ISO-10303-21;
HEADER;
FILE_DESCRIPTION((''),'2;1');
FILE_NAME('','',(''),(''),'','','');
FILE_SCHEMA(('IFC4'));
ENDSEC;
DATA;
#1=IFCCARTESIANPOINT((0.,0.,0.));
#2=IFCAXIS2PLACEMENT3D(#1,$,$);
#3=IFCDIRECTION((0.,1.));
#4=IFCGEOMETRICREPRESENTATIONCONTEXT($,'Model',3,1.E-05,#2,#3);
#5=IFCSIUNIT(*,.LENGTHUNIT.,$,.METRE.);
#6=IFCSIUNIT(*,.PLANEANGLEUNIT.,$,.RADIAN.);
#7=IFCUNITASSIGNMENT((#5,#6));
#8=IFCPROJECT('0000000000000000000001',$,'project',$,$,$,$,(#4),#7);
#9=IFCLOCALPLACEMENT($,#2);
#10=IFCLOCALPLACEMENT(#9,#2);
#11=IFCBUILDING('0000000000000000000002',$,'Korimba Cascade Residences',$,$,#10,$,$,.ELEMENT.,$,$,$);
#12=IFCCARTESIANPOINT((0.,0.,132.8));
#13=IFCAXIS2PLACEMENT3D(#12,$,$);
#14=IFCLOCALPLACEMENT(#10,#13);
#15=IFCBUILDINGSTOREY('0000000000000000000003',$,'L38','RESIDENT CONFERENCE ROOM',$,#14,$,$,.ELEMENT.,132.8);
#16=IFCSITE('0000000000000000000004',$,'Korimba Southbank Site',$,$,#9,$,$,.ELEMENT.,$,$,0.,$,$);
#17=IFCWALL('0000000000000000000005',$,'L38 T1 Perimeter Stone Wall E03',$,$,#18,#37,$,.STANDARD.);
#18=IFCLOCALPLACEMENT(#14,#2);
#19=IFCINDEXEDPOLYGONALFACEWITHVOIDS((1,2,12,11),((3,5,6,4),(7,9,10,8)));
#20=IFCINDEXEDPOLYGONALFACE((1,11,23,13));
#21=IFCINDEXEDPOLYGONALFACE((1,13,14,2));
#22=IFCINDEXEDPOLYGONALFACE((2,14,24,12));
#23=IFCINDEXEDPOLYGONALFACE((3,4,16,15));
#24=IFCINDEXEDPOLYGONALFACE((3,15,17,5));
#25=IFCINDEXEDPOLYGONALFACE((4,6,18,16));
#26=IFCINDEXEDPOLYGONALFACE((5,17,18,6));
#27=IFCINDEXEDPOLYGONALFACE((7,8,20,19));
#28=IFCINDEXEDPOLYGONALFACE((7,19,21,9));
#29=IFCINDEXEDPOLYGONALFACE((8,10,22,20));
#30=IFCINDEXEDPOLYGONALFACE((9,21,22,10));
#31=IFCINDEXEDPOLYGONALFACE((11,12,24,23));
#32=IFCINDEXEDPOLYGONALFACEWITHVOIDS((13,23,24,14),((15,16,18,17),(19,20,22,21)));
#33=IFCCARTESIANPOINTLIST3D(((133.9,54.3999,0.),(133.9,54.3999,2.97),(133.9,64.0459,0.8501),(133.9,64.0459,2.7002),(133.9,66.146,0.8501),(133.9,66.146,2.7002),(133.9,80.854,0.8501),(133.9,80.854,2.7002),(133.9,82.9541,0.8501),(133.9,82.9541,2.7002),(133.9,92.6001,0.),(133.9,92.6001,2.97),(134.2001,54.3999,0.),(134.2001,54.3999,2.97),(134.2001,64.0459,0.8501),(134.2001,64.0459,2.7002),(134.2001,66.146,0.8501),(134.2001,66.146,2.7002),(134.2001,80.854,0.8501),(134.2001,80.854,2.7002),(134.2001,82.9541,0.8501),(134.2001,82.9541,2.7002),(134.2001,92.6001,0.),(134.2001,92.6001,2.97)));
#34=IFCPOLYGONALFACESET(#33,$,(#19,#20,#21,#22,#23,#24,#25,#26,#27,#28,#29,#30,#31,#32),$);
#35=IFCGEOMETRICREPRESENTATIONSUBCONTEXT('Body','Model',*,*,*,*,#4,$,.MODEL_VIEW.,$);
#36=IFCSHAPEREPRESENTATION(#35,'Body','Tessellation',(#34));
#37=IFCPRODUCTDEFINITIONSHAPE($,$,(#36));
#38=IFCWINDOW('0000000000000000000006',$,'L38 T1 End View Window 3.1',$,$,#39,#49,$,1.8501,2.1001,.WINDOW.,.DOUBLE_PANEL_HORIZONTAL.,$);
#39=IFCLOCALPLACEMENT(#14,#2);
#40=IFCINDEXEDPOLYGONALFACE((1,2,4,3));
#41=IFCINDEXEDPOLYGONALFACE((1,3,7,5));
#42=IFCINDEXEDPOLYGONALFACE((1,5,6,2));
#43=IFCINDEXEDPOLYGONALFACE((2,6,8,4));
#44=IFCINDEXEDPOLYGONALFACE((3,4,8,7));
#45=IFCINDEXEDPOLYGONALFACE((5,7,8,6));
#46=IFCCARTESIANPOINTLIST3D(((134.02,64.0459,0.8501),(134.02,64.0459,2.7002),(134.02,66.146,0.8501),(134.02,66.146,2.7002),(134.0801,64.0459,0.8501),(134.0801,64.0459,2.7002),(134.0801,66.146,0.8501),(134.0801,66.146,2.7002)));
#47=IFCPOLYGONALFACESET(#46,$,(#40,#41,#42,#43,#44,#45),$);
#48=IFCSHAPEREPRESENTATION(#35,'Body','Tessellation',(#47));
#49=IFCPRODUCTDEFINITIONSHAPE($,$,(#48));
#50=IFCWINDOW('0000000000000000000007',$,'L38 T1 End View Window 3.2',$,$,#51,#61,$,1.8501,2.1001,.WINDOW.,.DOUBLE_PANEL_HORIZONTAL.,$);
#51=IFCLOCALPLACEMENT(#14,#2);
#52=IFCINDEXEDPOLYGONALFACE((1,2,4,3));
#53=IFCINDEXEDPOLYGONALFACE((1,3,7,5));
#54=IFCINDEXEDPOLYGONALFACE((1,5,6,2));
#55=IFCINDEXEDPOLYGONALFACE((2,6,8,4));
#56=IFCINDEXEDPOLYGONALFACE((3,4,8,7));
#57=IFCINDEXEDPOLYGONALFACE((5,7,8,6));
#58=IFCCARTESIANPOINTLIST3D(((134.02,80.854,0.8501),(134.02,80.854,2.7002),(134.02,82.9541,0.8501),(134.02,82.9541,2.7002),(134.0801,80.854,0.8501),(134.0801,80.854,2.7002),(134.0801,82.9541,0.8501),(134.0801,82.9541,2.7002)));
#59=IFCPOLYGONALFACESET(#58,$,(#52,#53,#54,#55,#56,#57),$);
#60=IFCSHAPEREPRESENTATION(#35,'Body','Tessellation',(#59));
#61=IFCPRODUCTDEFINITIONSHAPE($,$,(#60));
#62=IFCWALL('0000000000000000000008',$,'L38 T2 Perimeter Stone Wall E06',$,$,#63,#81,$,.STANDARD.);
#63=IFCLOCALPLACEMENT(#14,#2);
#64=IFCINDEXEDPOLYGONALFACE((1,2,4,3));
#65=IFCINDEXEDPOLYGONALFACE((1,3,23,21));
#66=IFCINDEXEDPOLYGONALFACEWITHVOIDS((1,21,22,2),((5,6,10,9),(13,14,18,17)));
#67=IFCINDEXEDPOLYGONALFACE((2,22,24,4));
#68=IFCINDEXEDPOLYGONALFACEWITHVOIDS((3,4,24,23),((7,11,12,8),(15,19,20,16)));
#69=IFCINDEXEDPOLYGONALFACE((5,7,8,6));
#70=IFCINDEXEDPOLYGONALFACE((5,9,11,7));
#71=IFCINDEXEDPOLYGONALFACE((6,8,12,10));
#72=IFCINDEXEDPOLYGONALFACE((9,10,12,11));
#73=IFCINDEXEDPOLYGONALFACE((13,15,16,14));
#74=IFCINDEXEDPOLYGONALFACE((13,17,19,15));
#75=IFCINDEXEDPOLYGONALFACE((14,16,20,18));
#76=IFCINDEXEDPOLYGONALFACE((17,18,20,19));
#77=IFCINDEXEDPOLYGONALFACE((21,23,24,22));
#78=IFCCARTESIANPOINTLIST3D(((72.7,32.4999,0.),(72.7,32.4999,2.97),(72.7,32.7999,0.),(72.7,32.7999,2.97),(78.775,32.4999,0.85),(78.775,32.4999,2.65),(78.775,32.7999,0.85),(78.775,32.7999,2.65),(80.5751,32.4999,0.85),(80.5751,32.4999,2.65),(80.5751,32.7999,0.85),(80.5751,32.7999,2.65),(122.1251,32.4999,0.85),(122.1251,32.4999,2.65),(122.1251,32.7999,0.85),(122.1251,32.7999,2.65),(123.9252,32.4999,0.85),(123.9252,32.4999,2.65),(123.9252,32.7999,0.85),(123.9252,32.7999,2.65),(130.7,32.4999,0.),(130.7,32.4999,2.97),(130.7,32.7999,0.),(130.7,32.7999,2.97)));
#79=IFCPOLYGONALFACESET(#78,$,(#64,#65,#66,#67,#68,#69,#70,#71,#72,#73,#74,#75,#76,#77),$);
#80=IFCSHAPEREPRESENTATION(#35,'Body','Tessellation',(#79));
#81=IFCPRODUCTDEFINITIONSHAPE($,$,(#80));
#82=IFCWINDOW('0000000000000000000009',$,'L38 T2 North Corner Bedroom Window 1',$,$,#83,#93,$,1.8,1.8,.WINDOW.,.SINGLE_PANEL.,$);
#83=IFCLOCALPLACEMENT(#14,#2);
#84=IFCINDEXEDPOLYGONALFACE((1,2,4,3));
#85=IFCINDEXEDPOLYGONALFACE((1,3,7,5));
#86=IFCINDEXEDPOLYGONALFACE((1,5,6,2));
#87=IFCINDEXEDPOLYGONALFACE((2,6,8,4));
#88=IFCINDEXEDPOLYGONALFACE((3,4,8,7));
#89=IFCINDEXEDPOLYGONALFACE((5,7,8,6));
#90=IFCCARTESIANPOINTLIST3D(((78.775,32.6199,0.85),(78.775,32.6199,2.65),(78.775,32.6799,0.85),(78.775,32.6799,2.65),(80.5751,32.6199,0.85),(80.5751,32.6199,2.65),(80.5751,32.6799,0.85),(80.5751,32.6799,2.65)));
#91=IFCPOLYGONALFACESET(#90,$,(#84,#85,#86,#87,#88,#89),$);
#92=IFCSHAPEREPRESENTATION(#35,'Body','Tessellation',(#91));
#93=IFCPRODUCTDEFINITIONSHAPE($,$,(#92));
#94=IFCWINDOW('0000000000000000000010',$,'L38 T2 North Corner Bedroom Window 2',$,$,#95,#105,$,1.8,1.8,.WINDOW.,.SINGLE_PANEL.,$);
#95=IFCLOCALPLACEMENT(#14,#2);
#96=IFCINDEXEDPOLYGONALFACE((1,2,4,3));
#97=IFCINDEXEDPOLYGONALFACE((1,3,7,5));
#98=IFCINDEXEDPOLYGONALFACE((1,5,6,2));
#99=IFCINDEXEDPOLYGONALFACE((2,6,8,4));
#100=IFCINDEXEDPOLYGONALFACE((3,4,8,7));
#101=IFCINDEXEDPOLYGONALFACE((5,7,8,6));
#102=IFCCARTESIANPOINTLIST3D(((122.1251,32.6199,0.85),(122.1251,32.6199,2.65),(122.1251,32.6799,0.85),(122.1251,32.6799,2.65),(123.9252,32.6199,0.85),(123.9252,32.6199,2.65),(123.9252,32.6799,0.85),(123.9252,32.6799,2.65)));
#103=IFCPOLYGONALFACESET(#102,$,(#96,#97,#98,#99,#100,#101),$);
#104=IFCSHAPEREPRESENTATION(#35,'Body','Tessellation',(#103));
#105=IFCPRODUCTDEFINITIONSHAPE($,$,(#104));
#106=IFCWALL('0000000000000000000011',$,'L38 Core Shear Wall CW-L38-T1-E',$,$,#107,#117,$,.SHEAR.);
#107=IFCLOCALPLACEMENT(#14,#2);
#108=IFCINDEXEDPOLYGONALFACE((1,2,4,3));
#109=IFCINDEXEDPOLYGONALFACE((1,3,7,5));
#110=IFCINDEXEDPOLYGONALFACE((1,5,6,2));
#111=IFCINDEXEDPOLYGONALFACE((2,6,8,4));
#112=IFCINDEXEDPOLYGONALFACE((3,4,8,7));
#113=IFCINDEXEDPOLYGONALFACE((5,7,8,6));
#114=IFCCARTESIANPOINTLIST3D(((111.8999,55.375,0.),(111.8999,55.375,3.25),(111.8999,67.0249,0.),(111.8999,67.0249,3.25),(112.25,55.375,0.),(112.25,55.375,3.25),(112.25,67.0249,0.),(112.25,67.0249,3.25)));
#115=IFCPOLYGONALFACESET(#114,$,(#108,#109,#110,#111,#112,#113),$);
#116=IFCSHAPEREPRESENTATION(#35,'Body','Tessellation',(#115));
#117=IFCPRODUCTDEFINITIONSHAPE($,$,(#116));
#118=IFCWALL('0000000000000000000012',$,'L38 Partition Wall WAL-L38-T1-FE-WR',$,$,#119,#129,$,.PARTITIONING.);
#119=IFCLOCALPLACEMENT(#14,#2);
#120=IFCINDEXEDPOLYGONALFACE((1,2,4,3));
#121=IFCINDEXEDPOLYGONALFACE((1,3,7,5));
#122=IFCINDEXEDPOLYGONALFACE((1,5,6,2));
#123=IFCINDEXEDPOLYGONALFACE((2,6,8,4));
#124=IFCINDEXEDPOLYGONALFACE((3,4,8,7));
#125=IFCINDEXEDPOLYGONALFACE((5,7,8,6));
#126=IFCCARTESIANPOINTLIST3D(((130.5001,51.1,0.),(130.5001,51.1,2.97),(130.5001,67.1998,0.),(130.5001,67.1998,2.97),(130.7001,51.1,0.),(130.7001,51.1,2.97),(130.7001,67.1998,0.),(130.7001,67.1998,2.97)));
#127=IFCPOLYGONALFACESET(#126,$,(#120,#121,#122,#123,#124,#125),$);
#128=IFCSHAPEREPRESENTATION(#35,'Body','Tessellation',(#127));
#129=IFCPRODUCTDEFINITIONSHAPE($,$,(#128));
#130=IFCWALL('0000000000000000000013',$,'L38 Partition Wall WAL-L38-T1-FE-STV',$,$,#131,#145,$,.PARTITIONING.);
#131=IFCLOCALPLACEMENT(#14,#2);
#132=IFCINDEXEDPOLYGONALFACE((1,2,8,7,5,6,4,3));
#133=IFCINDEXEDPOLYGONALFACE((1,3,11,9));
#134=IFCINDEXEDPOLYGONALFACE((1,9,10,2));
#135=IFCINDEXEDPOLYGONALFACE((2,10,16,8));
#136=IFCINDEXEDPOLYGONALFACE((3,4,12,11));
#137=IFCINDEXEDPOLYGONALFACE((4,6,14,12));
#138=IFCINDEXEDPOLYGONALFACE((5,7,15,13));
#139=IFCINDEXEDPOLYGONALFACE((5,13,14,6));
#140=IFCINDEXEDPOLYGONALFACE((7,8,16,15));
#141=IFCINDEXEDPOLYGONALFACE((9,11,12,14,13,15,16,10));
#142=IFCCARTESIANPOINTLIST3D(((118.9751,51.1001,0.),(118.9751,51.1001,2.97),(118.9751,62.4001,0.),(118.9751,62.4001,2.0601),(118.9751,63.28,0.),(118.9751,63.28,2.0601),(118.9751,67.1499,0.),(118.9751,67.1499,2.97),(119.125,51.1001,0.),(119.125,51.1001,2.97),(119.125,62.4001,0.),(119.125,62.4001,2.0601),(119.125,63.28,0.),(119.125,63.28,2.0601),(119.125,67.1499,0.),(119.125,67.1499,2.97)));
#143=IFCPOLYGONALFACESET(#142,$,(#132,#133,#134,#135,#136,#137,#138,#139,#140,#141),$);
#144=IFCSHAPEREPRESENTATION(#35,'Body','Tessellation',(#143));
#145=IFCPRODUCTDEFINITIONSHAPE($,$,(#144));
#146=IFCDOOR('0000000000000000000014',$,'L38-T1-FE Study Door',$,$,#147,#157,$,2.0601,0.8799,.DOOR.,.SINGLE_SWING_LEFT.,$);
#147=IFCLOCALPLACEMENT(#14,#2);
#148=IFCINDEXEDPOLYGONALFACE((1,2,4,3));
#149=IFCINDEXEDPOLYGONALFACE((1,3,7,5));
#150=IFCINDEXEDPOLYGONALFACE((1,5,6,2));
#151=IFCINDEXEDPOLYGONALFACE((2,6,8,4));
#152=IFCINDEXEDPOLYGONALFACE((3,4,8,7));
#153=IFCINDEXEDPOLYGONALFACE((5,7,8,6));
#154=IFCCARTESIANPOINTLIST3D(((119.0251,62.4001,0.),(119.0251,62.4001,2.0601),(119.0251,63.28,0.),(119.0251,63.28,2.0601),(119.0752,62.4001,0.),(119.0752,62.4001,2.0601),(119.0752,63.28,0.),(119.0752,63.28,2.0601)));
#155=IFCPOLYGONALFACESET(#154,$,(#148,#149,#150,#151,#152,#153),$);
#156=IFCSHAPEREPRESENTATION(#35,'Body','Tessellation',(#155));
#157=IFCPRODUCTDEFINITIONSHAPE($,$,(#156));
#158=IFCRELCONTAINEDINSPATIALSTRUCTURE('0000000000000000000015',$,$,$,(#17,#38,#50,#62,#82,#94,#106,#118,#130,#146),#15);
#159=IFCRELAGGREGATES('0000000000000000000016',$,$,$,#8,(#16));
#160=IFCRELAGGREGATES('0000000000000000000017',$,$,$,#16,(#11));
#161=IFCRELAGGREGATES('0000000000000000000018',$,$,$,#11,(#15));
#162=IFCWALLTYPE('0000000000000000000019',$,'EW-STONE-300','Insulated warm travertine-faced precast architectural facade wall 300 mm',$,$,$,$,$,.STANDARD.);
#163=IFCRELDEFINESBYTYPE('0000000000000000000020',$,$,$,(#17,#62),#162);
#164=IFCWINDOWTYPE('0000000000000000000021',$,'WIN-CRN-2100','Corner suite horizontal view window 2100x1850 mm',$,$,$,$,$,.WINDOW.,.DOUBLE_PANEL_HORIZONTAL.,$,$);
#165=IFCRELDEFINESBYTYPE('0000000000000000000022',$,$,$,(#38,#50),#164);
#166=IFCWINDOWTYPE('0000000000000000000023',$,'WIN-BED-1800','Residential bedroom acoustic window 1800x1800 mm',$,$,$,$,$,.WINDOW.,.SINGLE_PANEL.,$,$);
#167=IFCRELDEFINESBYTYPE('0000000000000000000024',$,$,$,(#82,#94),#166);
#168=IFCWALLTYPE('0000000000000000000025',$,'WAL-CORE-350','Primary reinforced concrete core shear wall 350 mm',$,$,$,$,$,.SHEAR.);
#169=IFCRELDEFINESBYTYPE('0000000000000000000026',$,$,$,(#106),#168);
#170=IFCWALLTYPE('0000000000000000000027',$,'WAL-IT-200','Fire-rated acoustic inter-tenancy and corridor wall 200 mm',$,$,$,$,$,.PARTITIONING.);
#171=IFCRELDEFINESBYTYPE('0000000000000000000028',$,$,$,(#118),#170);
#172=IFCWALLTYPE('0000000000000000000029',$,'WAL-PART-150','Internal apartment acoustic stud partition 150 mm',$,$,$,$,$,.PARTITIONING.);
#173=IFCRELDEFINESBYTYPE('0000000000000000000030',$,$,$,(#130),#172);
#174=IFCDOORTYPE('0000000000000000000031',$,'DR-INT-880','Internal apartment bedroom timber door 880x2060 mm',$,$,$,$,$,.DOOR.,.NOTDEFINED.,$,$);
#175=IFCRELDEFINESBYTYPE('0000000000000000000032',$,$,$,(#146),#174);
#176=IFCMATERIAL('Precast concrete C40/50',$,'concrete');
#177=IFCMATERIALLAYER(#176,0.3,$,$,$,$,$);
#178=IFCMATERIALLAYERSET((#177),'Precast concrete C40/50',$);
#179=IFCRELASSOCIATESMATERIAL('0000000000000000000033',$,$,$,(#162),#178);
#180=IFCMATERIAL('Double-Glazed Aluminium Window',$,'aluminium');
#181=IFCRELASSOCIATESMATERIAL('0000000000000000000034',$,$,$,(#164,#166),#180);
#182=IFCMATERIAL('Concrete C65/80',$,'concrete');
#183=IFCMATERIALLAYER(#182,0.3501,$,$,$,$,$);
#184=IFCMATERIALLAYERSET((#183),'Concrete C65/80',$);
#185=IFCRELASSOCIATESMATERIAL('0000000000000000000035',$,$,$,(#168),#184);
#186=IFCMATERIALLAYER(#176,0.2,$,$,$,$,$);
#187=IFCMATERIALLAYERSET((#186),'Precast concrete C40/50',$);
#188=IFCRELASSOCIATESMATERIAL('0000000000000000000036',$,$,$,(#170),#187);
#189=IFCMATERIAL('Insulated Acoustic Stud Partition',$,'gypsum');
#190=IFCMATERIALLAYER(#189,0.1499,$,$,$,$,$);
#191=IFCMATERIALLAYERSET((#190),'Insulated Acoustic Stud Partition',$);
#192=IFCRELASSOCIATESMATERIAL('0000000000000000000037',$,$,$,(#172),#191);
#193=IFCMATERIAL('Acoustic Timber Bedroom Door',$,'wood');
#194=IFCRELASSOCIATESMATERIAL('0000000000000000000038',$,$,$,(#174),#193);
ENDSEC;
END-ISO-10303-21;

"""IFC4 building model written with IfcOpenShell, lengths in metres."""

from ifc_helpers import new_model, si_unit, direction, frame, frame_2d, origin, place, context, subcontext, project, spatial, rectangle, extrude, material, layer, layer_set, type_object, element, fill, save


model = new_model("IFC4")

# Units and contexts
model_context = context("Model", 3, precision=1e-05, world=origin(), true_north=direction((0.0, 1.0)))
body_context = subcontext(model_context, "Body", "Model", "MODEL_VIEW")
ifc_project = project(units=[si_unit("LENGTHUNIT", "METRE"), si_unit("PLANEANGLEUNIT", "RADIAN")], contexts=[model_context])

# Site, building, storey
site_placement = place(None, origin())
site = spatial("IfcSite", under=ifc_project, at=site_placement, Name="Korimba Southbank Site", CompositionType="ELEMENT", RefElevation=0.0)
building_placement = place(site_placement, origin())
building = spatial("IfcBuilding", under=site, at=building_placement, Name="Korimba Cascade Residences", CompositionType="ELEMENT")
storey_placement = place(building_placement, frame((0.0, 0.0, 132.8)))
storey = spatial("IfcBuildingStorey", under=building, at=storey_placement, Name="L38", Description="RESIDENT CONFERENCE ROOM", CompositionType="ELEMENT", Elevation=132.8)

# Shared definitions
ifc_material_1 = material(Name="Concrete C65/80", Category="concrete")

# Shared definitions
ifc_material_2 = material(Name="Precast concrete C40/50", Category="concrete")
ifc_layer_1 = layer(ifc_material_2, 0.3)
ifc_layer_set_1 = layer_set([ifc_layer_1], Name="Precast concrete C40/50")
wall_type_1 = type_object("IfcWallType", Name="EW-STONE-300", Description="Insulated warm travertine-faced precast architectural facade wall 300 mm", PredefinedType="STANDARD", material=ifc_layer_set_1)

# Walls, openings, windows
wall_1_placement = place(storey_placement, frame((134.05, 54.3999, 0.0), z_axis=(0.0, 0.0, 1.0), x_axis=(0.0, 1.0, 0.0)))
wall_1 = element("IfcWall", 1, at=wall_1_placement, inside=storey, type_object=wall_type_1, Name="L38 T1 Perimeter Stone Wall E03", PredefinedType="STANDARD", context=body_context, shape_type="SweptSolid", body=[
    extrude(rectangle(XDim=38.2002, YDim=0.3, at=frame_2d((19.1001, 0.0))), origin(), (0.0, 0.0, 1.0), 2.97),
])
opening_1_placement = place(wall_1_placement, frame((9.646, 0.0, 0.8501)))
opening_1 = element("IfcOpeningElement", 2, at=opening_1_placement, cuts=wall_1, PredefinedType="OPENING", context=body_context, shape_type="SweptSolid", body=[
    extrude(rectangle(XDim=2.1001, YDim=1.8501, at=frame_2d((1.05, 0.925))), frame((0.0, 0.1602, 0.0), z_axis=(0.0, -1.0, 0.0), x_axis=(1.0, 0.0, 0.0)), (0.0, 0.0, 1.0), 0.3201),
])
opening_2_placement = place(wall_1_placement, frame((26.4541, 0.0, 0.8501)))
opening_2 = element("IfcOpeningElement", 3, at=opening_2_placement, cuts=wall_1, PredefinedType="OPENING", context=body_context, shape_type="SweptSolid", body=[
    extrude(rectangle(XDim=2.1001, YDim=1.8501, at=frame_2d((1.05, 0.925))), frame((0.0, 0.1602, 0.0), z_axis=(0.0, -1.0, 0.0), x_axis=(1.0, 0.0, 0.0)), (0.0, 0.0, 1.0), 0.3201),
])
ifc_material_3 = material(Name="Double-Glazed Aluminium Window", Category="aluminium")
window_type_1 = type_object("IfcWindowType", Name="WIN-CRN-2100", Description="Corner suite horizontal view window 2100x1850 mm", PartitioningType="DOUBLE_PANEL_HORIZONTAL", PredefinedType="WINDOW", material=ifc_material_3)
window_1_placement = place(opening_1_placement, origin())
window_1 = element("IfcWindow", 4, at=window_1_placement, inside=storey, type_object=window_type_1, Name="L38 T1 End View Window 3.1", OverallHeight=1.8501, OverallWidth=2.1001, PartitioningType="DOUBLE_PANEL_HORIZONTAL", PredefinedType="WINDOW", context=body_context, shape_type="SweptSolid", body=[
    extrude(rectangle(XDim=2.1001, YDim=1.8501, at=frame_2d((1.05, 0.925))), frame((0.0, 0.03, 0.0), z_axis=(0.0, -1.0, 0.0), x_axis=(1.0, 0.0, 0.0)), (0.0, 0.0, 1.0), 0.0601),
])
fill(opening_1, window_1)
window_2_placement = place(opening_2_placement, origin())
window_2 = element("IfcWindow", 5, at=window_2_placement, inside=storey, type_object=window_type_1, Name="L38 T1 End View Window 3.2", OverallHeight=1.8501, OverallWidth=2.1001, PartitioningType="DOUBLE_PANEL_HORIZONTAL", PredefinedType="WINDOW", context=body_context, shape_type="SweptSolid", body=[
    extrude(rectangle(XDim=2.1001, YDim=1.8501, at=frame_2d((1.05, 0.925))), frame((0.0, 0.03, 0.0), z_axis=(0.0, -1.0, 0.0), x_axis=(1.0, 0.0, 0.0)), (0.0, 0.0, 1.0), 0.0601),
])
fill(opening_2, window_2)
wall_2_placement = place(storey_placement, frame((130.7, 32.6499, 0.0), z_axis=(0.0, 0.0, 1.0), x_axis=(-1.0, 0.0, 0.0)))
wall_2 = element("IfcWall", 6, at=wall_2_placement, inside=storey, type_object=wall_type_1, Name="L38 T2 Perimeter Stone Wall E06", PredefinedType="STANDARD", context=body_context, shape_type="SweptSolid", body=[
    extrude(rectangle(XDim=58.0, YDim=0.3, at=frame_2d((29.0, 0.0))), origin(), (0.0, 0.0, 1.0), 2.97),
])
opening_3_placement = place(wall_2_placement, frame((50.125, 0.0, 0.8501)))
opening_3 = element("IfcOpeningElement", 7, at=opening_3_placement, cuts=wall_2, PredefinedType="OPENING", context=body_context, shape_type="SweptSolid", body=[
    extrude(rectangle(XDim=1.8, YDim=1.8, at=frame_2d((0.8999, 0.8999))), frame((0.0, 0.1602, 0.0), z_axis=(0.0, -1.0, 0.0), x_axis=(1.0, 0.0, 0.0)), (0.0, 0.0, 1.0), 0.3201),
])
opening_4_placement = place(wall_2_placement, frame((6.7749, 0.0, 0.8501)))
opening_4 = element("IfcOpeningElement", 8, at=opening_4_placement, cuts=wall_2, PredefinedType="OPENING", context=body_context, shape_type="SweptSolid", body=[
    extrude(rectangle(XDim=1.8, YDim=1.8, at=frame_2d((0.8999, 0.8999))), frame((0.0, 0.1602, 0.0), z_axis=(0.0, -1.0, 0.0), x_axis=(1.0, 0.0, 0.0)), (0.0, 0.0, 1.0), 0.3201),
])
window_type_2 = type_object("IfcWindowType", Name="WIN-BED-1800", Description="Residential bedroom acoustic window 1800x1800 mm", PartitioningType="SINGLE_PANEL", PredefinedType="WINDOW", material=ifc_material_3)
window_3_placement = place(opening_3_placement, origin())
window_3 = element("IfcWindow", 9, at=window_3_placement, inside=storey, type_object=window_type_2, Name="L38 T2 North Corner Bedroom Window 1", OverallHeight=1.8, OverallWidth=1.8, PartitioningType="SINGLE_PANEL", PredefinedType="WINDOW", context=body_context, shape_type="SweptSolid", body=[
    extrude(rectangle(XDim=1.8, YDim=1.8, at=frame_2d((0.8999, 0.8999))), frame((0.0, 0.03, 0.0), z_axis=(0.0, -1.0, 0.0), x_axis=(1.0, 0.0, 0.0)), (0.0, 0.0, 1.0), 0.0601),
])
fill(opening_3, window_3)
window_4_placement = place(opening_4_placement, origin())
window_4 = element("IfcWindow", 10, at=window_4_placement, inside=storey, type_object=window_type_2, Name="L38 T2 North Corner Bedroom Window 2", OverallHeight=1.8, OverallWidth=1.8, PartitioningType="SINGLE_PANEL", PredefinedType="WINDOW", context=body_context, shape_type="SweptSolid", body=[
    extrude(rectangle(XDim=1.8, YDim=1.8, at=frame_2d((0.8999, 0.8999))), frame((0.0, 0.03, 0.0), z_axis=(0.0, -1.0, 0.0), x_axis=(1.0, 0.0, 0.0)), (0.0, 0.0, 1.0), 0.0601),
])
fill(opening_4, window_4)

# Walls
ifc_layer_2 = layer(ifc_material_1, 0.3501)
ifc_layer_set_2 = layer_set([ifc_layer_2], Name="Concrete C65/80")
wall_type_2 = type_object("IfcWallType", Name="WAL-CORE-350", Description="Primary reinforced concrete core shear wall 350 mm", PredefinedType="SHEAR", material=ifc_layer_set_2)
wall_3_placement = place(storey_placement, frame((112.075, 55.375, 0.0), z_axis=(0.0, 0.0, 1.0), x_axis=(0.0, 1.0, 0.0)))
element("IfcWall", 11, at=wall_3_placement, inside=storey, type_object=wall_type_2, Name="L38 Core Shear Wall CW-L38-T1-E", PredefinedType="SHEAR", context=body_context, shape_type="SweptSolid", body=[
    extrude(rectangle(XDim=11.6499, YDim=0.3501, at=frame_2d((5.825, 0.0))), origin(), (0.0, 0.0, 1.0), 3.25),
])
ifc_layer_3 = layer(ifc_material_2, 0.2)
ifc_layer_set_3 = layer_set([ifc_layer_3], Name="Precast concrete C40/50")
wall_type_3 = type_object("IfcWallType", Name="WAL-IT-200", Description="Fire-rated acoustic inter-tenancy and corridor wall 200 mm", PredefinedType="PARTITIONING", material=ifc_layer_set_3)
wall_4_placement = place(storey_placement, frame((130.6001, 51.1001, 0.0), z_axis=(0.0, 0.0, 1.0), x_axis=(0.0, 1.0, 0.0)))
element("IfcWall", 12, at=wall_4_placement, inside=storey, type_object=wall_type_3, Name="L38 Partition Wall WAL-L38-T1-FE-WR", PredefinedType="PARTITIONING", context=body_context, shape_type="SweptSolid", body=[
    extrude(rectangle(XDim=16.0999, YDim=0.2, at=frame_2d((8.0498, 0.0))), origin(), (0.0, 0.0, 1.0), 2.97),
])

# Wall, opening, door
ifc_material_4 = material(Name="Insulated Acoustic Stud Partition", Category="gypsum")
ifc_layer_4 = layer(ifc_material_4, 0.1499)
ifc_layer_set_4 = layer_set([ifc_layer_4], Name="Insulated Acoustic Stud Partition")
wall_type_4 = type_object("IfcWallType", Name="WAL-PART-150", Description="Internal apartment acoustic stud partition 150 mm", PredefinedType="PARTITIONING", material=ifc_layer_set_4)
wall_5_placement = place(storey_placement, frame((119.05, 51.1001, 0.0), z_axis=(0.0, 0.0, 1.0), x_axis=(0.0, 1.0, 0.0)))
wall_5 = element("IfcWall", 13, at=wall_5_placement, inside=storey, type_object=wall_type_4, Name="L38 Partition Wall WAL-L38-T1-FE-STV", PredefinedType="PARTITIONING", context=body_context, shape_type="SweptSolid", body=[
    extrude(rectangle(XDim=16.0498, YDim=0.1499, at=frame_2d((8.0249, 0.0))), origin(), (0.0, 0.0, 1.0), 2.97),
])
opening_5_placement = place(wall_5_placement, frame((11.3, 0.0, 0.0)))
opening_5 = element("IfcOpeningElement", 14, at=opening_5_placement, cuts=wall_5, PredefinedType="OPENING", context=body_context, shape_type="SweptSolid", body=[
    extrude(rectangle(XDim=0.8799, YDim=2.0601, at=frame_2d((0.4399, 1.03))), frame((0.0, 0.085, 0.0), z_axis=(0.0, -1.0, 0.0), x_axis=(1.0, 0.0, 0.0)), (0.0, 0.0, 1.0), 0.1699),
])
ifc_material_5 = material(Name="Acoustic Timber Bedroom Door", Category="wood")
door_type_1 = type_object("IfcDoorType", Name="DR-INT-880", Description="Internal apartment bedroom timber door 880x2060 mm", OperationType="NOTDEFINED", PredefinedType="DOOR", material=ifc_material_5)
door_1_placement = place(opening_5_placement, origin())
door_1 = element("IfcDoor", 15, at=door_1_placement, inside=storey, type_object=door_type_1, Name="L38-T1-FE Study Door", OperationType="SINGLE_SWING_LEFT", OverallHeight=2.0601, OverallWidth=0.8799, PredefinedType="DOOR", context=body_context, shape_type="SweptSolid", body=[
    extrude(rectangle(XDim=0.8799, YDim=2.0601, at=frame_2d((0.4399, 1.03))), frame((0.0, 0.0249, 0.0), z_axis=(0.0, -1.0, 0.0), x_axis=(1.0, 0.0, 0.0)), (0.0, 0.0, 1.0), 0.05),
])
fill(opening_5, door_1)

save(model, "model.ifc")
